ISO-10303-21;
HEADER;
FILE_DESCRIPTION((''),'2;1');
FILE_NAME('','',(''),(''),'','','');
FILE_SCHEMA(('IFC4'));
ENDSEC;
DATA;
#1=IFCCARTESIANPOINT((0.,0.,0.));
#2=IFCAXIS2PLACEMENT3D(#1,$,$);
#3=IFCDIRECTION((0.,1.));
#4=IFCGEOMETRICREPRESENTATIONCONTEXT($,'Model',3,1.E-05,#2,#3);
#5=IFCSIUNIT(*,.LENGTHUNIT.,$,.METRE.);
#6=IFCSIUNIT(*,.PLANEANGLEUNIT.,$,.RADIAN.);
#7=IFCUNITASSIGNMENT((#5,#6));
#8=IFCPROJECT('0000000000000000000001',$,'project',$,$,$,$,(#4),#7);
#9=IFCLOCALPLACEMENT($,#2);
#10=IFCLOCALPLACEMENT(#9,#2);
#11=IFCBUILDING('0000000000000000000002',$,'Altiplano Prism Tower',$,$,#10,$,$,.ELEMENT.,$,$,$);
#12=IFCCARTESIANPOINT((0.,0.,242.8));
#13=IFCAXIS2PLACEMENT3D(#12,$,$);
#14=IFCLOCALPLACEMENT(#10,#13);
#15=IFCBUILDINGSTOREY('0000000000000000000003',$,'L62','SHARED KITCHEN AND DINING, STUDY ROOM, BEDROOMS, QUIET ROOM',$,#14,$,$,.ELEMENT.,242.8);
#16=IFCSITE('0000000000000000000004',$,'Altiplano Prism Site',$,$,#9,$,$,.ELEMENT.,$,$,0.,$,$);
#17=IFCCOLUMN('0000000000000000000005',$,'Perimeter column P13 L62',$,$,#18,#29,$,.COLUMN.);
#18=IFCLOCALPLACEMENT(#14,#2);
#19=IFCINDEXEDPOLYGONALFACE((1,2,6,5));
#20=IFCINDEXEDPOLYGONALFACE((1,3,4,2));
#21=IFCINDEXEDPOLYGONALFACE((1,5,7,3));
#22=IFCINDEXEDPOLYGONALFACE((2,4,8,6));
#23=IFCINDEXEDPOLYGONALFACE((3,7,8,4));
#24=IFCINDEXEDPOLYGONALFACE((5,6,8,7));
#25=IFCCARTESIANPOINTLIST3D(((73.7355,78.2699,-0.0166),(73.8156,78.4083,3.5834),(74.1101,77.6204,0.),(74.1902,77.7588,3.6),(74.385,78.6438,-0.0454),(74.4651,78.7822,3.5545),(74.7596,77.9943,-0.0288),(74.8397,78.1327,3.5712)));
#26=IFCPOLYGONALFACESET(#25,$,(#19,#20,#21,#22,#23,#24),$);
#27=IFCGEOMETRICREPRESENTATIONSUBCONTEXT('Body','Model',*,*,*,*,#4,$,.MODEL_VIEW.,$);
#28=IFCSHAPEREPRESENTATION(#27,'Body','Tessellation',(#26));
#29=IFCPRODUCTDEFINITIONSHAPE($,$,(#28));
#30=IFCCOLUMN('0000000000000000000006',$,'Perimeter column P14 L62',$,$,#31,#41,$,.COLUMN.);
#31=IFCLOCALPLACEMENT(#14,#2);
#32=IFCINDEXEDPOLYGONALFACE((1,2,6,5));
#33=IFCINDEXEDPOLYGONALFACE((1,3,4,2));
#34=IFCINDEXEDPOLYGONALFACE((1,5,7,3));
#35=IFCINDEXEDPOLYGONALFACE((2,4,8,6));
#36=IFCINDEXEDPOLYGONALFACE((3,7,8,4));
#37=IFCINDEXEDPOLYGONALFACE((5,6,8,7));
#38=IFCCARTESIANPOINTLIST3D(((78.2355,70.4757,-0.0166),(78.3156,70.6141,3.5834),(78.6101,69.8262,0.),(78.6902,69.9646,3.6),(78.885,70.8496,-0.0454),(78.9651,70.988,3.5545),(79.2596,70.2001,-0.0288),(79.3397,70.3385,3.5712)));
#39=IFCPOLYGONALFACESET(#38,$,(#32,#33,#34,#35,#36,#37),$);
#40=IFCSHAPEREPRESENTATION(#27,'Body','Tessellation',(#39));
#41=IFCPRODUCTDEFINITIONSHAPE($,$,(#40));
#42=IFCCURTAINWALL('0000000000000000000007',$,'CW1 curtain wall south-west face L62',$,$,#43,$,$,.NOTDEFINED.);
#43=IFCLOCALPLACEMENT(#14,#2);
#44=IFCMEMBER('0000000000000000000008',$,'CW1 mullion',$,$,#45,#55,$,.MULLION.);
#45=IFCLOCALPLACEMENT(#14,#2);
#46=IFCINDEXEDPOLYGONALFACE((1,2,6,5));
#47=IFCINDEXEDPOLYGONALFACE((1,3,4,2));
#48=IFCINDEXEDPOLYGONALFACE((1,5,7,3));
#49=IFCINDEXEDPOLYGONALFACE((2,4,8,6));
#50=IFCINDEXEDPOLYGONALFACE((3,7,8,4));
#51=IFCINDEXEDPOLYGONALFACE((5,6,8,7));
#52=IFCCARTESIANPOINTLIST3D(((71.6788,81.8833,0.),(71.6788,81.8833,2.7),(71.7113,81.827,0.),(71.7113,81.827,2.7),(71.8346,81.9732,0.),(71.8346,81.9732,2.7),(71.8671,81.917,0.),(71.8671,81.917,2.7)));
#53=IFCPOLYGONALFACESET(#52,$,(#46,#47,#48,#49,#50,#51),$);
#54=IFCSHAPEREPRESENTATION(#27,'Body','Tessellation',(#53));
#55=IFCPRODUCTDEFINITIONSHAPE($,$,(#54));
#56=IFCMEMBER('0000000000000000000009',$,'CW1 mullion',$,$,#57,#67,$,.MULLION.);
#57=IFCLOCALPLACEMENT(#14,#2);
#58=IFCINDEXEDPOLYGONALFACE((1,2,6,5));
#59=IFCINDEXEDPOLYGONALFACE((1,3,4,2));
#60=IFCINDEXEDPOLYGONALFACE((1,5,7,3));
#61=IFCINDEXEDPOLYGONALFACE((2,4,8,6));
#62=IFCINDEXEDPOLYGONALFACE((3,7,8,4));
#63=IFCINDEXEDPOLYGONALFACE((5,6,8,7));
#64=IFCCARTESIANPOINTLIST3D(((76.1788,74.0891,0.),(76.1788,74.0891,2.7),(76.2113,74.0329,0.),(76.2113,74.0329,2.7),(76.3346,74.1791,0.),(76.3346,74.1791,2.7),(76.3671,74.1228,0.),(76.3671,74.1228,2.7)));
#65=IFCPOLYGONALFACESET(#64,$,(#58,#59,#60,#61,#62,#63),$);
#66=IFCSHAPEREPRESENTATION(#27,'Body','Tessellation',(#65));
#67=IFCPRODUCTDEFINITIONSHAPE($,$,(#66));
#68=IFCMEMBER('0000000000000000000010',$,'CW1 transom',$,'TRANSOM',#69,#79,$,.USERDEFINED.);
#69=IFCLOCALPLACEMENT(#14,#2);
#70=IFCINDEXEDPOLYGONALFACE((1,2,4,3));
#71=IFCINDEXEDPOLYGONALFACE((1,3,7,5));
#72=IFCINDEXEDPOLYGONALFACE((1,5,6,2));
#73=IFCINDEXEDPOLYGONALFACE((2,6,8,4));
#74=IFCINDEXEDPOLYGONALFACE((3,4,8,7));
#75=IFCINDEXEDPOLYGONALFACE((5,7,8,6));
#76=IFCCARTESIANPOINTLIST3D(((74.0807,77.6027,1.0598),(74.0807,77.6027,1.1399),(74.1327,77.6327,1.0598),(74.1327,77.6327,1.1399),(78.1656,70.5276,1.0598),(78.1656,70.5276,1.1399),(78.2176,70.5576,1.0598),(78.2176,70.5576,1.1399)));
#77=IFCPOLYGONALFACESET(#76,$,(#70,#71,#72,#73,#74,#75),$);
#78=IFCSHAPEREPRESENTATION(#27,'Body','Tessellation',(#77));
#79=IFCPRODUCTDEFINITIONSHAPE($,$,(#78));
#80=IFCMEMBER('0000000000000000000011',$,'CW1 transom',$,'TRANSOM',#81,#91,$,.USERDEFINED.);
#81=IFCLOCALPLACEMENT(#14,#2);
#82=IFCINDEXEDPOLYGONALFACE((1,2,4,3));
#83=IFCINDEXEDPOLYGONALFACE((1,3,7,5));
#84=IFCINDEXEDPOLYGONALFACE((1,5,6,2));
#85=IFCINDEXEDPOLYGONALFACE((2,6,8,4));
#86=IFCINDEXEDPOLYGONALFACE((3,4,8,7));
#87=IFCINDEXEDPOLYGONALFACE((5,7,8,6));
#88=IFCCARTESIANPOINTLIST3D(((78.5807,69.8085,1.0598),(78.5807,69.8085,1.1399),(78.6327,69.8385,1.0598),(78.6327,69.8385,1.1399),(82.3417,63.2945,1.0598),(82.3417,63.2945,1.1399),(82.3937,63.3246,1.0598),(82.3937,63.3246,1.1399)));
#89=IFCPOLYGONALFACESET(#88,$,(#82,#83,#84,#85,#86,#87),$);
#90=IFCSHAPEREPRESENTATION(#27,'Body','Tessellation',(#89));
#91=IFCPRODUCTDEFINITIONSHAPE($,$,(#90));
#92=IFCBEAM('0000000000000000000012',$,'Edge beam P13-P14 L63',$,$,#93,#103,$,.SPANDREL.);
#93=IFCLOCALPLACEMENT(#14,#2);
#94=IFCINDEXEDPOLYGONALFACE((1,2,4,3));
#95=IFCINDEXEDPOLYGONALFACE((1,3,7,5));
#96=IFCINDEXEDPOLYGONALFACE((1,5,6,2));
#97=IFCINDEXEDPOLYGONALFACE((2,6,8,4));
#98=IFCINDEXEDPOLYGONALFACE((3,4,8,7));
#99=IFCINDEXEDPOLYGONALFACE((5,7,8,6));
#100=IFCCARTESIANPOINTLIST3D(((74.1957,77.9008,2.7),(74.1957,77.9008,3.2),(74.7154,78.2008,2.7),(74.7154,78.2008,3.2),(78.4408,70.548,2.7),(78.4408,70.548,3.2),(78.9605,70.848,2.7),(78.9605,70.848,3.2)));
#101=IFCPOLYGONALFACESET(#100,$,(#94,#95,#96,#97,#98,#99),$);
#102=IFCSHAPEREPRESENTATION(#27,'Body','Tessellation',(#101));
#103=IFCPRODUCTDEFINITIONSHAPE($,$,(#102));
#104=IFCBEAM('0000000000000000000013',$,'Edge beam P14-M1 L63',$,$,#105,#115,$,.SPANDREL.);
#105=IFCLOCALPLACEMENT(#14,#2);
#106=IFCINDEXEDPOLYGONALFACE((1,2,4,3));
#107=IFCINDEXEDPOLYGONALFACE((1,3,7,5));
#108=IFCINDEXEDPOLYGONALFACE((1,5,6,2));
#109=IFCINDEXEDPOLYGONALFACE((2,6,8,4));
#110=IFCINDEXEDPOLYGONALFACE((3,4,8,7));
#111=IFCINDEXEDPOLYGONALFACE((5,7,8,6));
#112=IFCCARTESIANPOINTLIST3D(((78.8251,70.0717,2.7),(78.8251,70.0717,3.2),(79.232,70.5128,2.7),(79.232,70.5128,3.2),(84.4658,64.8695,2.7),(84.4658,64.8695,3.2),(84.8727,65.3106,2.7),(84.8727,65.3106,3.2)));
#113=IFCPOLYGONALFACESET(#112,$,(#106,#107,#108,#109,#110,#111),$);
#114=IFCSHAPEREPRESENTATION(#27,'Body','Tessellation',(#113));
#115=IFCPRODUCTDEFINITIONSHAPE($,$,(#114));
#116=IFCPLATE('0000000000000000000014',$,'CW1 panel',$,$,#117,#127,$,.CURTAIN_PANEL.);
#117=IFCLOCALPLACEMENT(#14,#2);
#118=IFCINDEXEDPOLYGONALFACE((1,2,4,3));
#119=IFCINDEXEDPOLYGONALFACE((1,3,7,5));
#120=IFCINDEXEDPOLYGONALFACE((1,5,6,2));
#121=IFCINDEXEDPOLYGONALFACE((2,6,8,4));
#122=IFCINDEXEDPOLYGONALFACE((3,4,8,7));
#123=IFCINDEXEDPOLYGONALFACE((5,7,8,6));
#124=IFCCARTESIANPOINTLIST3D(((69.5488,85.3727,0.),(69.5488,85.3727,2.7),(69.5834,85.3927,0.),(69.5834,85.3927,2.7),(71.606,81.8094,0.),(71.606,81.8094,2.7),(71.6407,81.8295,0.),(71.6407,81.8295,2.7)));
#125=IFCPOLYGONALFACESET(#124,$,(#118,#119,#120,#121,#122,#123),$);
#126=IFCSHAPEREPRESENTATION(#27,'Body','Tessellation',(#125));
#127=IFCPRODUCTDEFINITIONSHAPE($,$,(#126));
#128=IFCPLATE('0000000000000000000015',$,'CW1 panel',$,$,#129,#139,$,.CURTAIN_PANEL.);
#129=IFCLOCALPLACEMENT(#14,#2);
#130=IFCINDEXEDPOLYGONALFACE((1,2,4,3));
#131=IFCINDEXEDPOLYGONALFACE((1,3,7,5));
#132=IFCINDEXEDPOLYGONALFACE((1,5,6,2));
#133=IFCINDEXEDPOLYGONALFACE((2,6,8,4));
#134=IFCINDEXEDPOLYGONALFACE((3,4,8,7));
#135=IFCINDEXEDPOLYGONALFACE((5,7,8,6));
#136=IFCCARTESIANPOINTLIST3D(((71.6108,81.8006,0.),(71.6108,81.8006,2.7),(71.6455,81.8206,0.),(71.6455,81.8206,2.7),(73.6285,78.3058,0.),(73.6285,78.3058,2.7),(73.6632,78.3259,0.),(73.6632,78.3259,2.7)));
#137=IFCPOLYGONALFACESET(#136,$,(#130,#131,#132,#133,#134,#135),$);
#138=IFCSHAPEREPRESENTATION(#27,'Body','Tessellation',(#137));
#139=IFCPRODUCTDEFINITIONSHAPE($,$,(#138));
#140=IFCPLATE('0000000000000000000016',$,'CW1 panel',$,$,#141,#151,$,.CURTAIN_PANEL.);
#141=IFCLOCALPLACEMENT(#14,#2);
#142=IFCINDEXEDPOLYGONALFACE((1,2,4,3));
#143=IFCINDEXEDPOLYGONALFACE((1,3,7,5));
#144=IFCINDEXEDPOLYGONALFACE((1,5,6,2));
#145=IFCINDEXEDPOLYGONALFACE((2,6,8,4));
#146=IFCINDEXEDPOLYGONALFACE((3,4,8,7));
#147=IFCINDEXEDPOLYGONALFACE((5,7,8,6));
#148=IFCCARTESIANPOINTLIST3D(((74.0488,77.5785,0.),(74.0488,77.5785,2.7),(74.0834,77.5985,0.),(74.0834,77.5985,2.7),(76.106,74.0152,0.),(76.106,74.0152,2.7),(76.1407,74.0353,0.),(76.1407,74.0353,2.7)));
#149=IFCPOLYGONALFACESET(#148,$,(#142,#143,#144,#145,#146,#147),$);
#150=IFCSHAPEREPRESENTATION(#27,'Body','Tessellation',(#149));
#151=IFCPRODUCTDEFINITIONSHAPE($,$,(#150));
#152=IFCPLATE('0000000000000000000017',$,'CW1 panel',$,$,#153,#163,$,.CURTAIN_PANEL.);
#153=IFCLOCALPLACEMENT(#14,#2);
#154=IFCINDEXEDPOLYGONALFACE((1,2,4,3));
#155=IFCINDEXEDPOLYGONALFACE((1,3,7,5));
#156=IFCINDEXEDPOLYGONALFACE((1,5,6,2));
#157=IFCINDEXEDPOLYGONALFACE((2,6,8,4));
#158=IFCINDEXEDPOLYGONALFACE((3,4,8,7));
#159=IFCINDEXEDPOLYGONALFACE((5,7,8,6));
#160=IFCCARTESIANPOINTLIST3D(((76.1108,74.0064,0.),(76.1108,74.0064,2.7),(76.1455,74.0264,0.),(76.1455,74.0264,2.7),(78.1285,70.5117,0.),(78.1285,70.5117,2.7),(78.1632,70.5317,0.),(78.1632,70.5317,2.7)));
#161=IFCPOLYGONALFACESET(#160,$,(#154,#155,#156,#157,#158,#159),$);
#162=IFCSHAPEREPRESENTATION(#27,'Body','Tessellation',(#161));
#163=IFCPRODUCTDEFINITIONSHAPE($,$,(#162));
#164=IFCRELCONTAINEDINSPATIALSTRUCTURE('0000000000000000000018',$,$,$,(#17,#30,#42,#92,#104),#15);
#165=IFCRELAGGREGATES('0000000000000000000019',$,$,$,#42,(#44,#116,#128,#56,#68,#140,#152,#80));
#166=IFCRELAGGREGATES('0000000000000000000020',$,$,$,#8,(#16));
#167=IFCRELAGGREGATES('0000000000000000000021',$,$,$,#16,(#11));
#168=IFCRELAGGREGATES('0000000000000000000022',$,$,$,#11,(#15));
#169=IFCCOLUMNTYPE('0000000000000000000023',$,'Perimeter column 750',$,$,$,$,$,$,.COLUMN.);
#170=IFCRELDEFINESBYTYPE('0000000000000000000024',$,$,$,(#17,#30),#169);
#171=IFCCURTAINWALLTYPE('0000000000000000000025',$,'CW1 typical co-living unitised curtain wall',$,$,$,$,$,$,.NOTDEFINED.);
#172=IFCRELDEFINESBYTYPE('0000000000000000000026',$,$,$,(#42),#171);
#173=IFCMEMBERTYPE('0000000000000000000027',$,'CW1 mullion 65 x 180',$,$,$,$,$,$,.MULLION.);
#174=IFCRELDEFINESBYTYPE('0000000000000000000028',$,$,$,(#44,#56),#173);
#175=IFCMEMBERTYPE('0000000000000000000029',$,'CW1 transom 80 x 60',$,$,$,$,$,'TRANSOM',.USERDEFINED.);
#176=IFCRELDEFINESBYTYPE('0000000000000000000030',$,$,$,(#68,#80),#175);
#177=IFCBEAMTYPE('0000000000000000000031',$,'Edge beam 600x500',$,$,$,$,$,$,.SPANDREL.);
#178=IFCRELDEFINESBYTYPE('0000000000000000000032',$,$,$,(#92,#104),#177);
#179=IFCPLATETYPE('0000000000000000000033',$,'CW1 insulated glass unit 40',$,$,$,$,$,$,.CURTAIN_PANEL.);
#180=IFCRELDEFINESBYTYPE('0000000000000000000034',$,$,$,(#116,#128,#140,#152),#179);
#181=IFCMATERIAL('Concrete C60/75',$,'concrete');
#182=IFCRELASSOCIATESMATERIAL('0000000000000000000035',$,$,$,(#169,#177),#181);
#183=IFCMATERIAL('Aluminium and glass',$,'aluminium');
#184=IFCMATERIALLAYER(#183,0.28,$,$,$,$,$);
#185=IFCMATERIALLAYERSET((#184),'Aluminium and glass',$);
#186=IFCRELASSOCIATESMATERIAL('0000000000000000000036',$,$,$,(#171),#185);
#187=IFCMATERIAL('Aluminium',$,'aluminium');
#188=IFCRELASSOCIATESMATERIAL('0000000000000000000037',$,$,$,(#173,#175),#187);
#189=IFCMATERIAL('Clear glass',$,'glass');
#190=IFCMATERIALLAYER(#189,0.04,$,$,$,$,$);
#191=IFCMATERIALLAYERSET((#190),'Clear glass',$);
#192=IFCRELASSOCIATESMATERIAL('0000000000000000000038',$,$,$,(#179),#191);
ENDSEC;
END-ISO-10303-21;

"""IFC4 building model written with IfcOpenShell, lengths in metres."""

from ifc_helpers import new_model, si_unit, direction, frame, origin, origin_2d, place, context, subcontext, project, spatial, rectangle, extrude, material, layer, layer_set, material_profile, profile_set, type_object, element, aggregate, save


model = new_model("IFC4")

# Units and contexts
model_context = context("Model", 3, precision=1e-05, world=origin(), true_north=direction((0.0, 1.0)))
body_context = subcontext(model_context, "Body", "Model", "MODEL_VIEW")
ifc_project = project(units=[si_unit("LENGTHUNIT", "METRE"), si_unit("PLANEANGLEUNIT", "RADIAN")], contexts=[model_context])

# Site, building, storey
site_placement = place(None, origin())
site = spatial("IfcSite", under=ifc_project, at=site_placement, Name="Altiplano Prism Site", CompositionType="ELEMENT", RefElevation=0.0)
building_placement = place(site_placement, origin())
building = spatial("IfcBuilding", under=site, at=building_placement, Name="Altiplano Prism Tower", CompositionType="ELEMENT")
storey_placement = place(building_placement, frame((0.0, 0.0, 242.8)))
storey = spatial("IfcBuildingStorey", under=building, at=storey_placement, Name="L62", Description="SHARED KITCHEN AND DINING, STUDY ROOM, BEDROOMS, QUIET ROOM", CompositionType="ELEMENT", Elevation=242.8)

# Columns
ifc_material_1 = material(Name="Concrete C60/75", Category="concrete")
ifc_material_profile_1 = material_profile(ifc_material_1, rectangle(XDim=0.75, YDim=0.75, at=origin_2d()), Name="Perimeter column 750")
ifc_profile_set_1 = profile_set([ifc_material_profile_1], Name="Concrete C60/75")
column_type = type_object("IfcColumnType", Name="Perimeter column 750", PredefinedType="COLUMN", material=ifc_profile_set_1)
for number, where, z_axis, x_axis, name in (
    (1, (74.2476, 78.1321, -0.0227), (0.022223, 0.038416, 0.999015), (-0.866024, -0.498523, 0.038435), "Perimeter column P13 L62"),
    (2, (78.7476, 70.3379, -0.0227), (0.022223, 0.038416, 0.999015), (-0.866024, -0.498523, 0.038435), "Perimeter column P14 L62"),
):
    element("IfcColumn", number, at=place(storey_placement, frame(where, z_axis=z_axis, x_axis=x_axis)), inside=storey, type_object=column_type, Name=name, PredefinedType="COLUMN", context=body_context, shape_type="SweptSolid", body=[
        extrude(rectangle(XDim=0.75, YDim=0.75, at=origin_2d()), origin(), (0.0, 0.0, 1.0), 3.6035),
    ])

# Curtain wall, members
ifc_material_2 = material(Name="Aluminium and glass", Category="aluminium")
ifc_layer_1 = layer(ifc_material_2, 0.28)
ifc_layer_set_1 = layer_set([ifc_layer_1], Name="Aluminium and glass")
curtain_wall_type = type_object("IfcCurtainWallType", Name="CW1 typical co-living unitised curtain wall", PredefinedType="NOTDEFINED", material=ifc_layer_set_1)
curtain_wall_placement = place(storey_placement, origin())
curtain_wall = element("IfcCurtainWall", 3, at=curtain_wall_placement, inside=storey, type_object=curtain_wall_type, Name="CW1 curtain wall south-west face L62", PredefinedType="NOTDEFINED")
ifc_material_3 = material(Name="Aluminium", Category="aluminium")
ifc_material_profile_2 = material_profile(ifc_material_3, rectangle(XDim=0.1799, YDim=0.0649, at=origin_2d()), Name="CW1 mullion 65 x 180")
ifc_profile_set_2 = profile_set([ifc_material_profile_2], Name="Aluminium")
member_type_1 = type_object("IfcMemberType", Name="CW1 mullion 65 x 180", PredefinedType="MULLION", material=ifc_profile_set_2)
member_1_placement = place(storey_placement, frame((71.7729, 81.9001, 0.0), z_axis=(0.0, 0.0, 1.0), x_axis=(0.866025, 0.5, 0.0)))
member_1 = element("IfcMember", 4, at=member_1_placement, type_object=member_type_1, Name="CW1 mullion", PredefinedType="MULLION", context=body_context, shape_type="SweptSolid", body=[
    extrude(rectangle(XDim=0.1799, YDim=0.0649, at=origin_2d()), origin(), (0.0, 0.0, 1.0), 2.7),
])
member_2_placement = place(storey_placement, frame((76.2729, 74.106, 0.0), z_axis=(0.0, 0.0, 1.0), x_axis=(0.866025, 0.5, 0.0)))
member_2 = element("IfcMember", 5, at=member_2_placement, type_object=member_type_1, Name="CW1 mullion", PredefinedType="MULLION", context=body_context, shape_type="SweptSolid", body=[
    extrude(rectangle(XDim=0.1799, YDim=0.0649, at=origin_2d()), origin(), (0.0, 0.0, 1.0), 2.7),
])
ifc_material_profile_3 = material_profile(ifc_material_3, rectangle(XDim=0.0601, YDim=0.0801, at=origin_2d()), Name="CW1 transom 80 x 60")
ifc_profile_set_3 = profile_set([ifc_material_profile_3], Name="Aluminium")
member_type_2 = type_object("IfcMemberType", Name="CW1 transom 80 x 60", ElementType="TRANSOM", PredefinedType="USERDEFINED", material=ifc_profile_set_3)
member_3_placement = place(storey_placement, frame((74.1067, 77.6177, 1.0999), z_axis=(0.500009, -0.86602, 0.0), x_axis=(0.86602, 0.500009, 0.0)))
member_3 = element("IfcMember", 6, at=member_3_placement, type_object=member_type_2, Name="CW1 transom", ObjectType="TRANSOM", PredefinedType="USERDEFINED", context=body_context, shape_type="SweptSolid", body=[
    extrude(rectangle(XDim=0.0601, YDim=0.0801, at=origin_2d()), origin(), (0.0, 0.0, 1.0), 8.1697),
])
member_4_placement = place(storey_placement, frame((78.6067, 69.8235, 1.0999), z_axis=(0.500017, -0.866015, 0.0), x_axis=(0.866015, 0.500017, 0.0)))
member_4 = element("IfcMember", 7, at=member_4_placement, type_object=member_type_2, Name="CW1 transom", ObjectType="TRANSOM", PredefinedType="USERDEFINED", context=body_context, shape_type="SweptSolid", body=[
    extrude(rectangle(XDim=0.0601, YDim=0.0801, at=origin_2d()), origin(), (0.0, 0.0, 1.0), 7.5217),
])

# Beams
ifc_material_profile_4 = material_profile(ifc_material_1, rectangle(XDim=0.6001, YDim=0.5, at=origin_2d()), Name="Edge beam 600x500")
ifc_profile_set_4 = profile_set([ifc_material_profile_4], Name="Concrete C60/75")
beam_type = type_object("IfcBeamType", Name="Edge beam 600x500", PredefinedType="SPANDREL", material=ifc_profile_set_4)
beam_1_placement = place(storey_placement, frame((74.4556, 78.0508, 2.95), z_axis=(0.499999, -0.866026, 0.0), x_axis=(0.866026, 0.499999, 0.0)))
element("IfcBeam", 8, at=beam_1_placement, inside=storey, type_object=beam_type, Name="Edge beam P13-P14 L63", PredefinedType="SPANDREL", context=body_context, shape_type="SweptSolid", body=[
    extrude(rectangle(XDim=0.6001, YDim=0.5, at=origin_2d()), origin(), (0.0, 0.0, 1.0), 8.4902),
])
beam_2_placement = place(storey_placement, frame((79.0286, 70.2922, 2.95), z_axis=(0.735101, -0.677958, 0.0), x_axis=(0.677958, 0.735101, 0.0)))
element("IfcBeam", 9, at=beam_2_placement, inside=storey, type_object=beam_type, Name="Edge beam P14-M1 L63", PredefinedType="SPANDREL", context=body_context, shape_type="SweptSolid", body=[
    extrude(rectangle(XDim=0.6001, YDim=0.5, at=origin_2d()), origin(), (0.0, 0.0, 1.0), 7.6733),
])

# Plates
ifc_material_4 = material(Name="Clear glass", Category="glass")
ifc_layer_2 = layer(ifc_material_4, 0.04)
ifc_layer_set_2 = layer_set([ifc_layer_2], Name="Clear glass")
plate_type = type_object("IfcPlateType", Name="CW1 insulated glass unit 40", PredefinedType="CURTAIN_PANEL", material=ifc_layer_set_2)
plate_1_placement = place(storey_placement, frame((70.5947, 83.6011, 0.0), z_axis=(0.0, 0.0, 1.0), x_axis=(0.5, -0.866025, 0.0)))
plate_1 = element("IfcPlate", 10, at=plate_1_placement, type_object=plate_type, Name="CW1 panel", PredefinedType="CURTAIN_PANEL", context=body_context, shape_type="SweptSolid", body=[
    extrude(rectangle(XDim=4.1145, YDim=0.04, at=origin_2d()), origin(), (0.0, 0.0, 1.0), 2.7),
])
plate_2_placement = place(storey_placement, frame((72.637, 80.0632, 0.0), z_axis=(0.0, 0.0, 1.0), x_axis=(0.5, -0.866025, 0.0)))
plate_2 = element("IfcPlate", 11, at=plate_2_placement, type_object=plate_type, Name="CW1 panel", PredefinedType="CURTAIN_PANEL", context=body_context, shape_type="SweptSolid", body=[
    extrude(rectangle(XDim=4.0354, YDim=0.04, at=origin_2d()), origin(), (0.0, 0.0, 1.0), 2.7),
])
plate_3_placement = place(storey_placement, frame((75.0947, 75.8069, 0.0), z_axis=(0.0, 0.0, 1.0), x_axis=(0.5, -0.866025, 0.0)))
plate_3 = element("IfcPlate", 12, at=plate_3_placement, type_object=plate_type, Name="CW1 panel", PredefinedType="CURTAIN_PANEL", context=body_context, shape_type="SweptSolid", body=[
    extrude(rectangle(XDim=4.1145, YDim=0.04, at=origin_2d()), origin(), (0.0, 0.0, 1.0), 2.7),
])
plate_4_placement = place(storey_placement, frame((77.137, 72.269, 0.0), z_axis=(0.0, 0.0, 1.0), x_axis=(0.5, -0.866025, 0.0)))
plate_4 = element("IfcPlate", 13, at=plate_4_placement, type_object=plate_type, Name="CW1 panel", PredefinedType="CURTAIN_PANEL", context=body_context, shape_type="SweptSolid", body=[
    extrude(rectangle(XDim=4.0354, YDim=0.04, at=origin_2d()), origin(), (0.0, 0.0, 1.0), 2.7),
])
aggregate(curtain_wall, [member_1, plate_1, plate_2, member_2, member_3, plate_3, plate_4, member_4])

save(model, "model.ifc")
